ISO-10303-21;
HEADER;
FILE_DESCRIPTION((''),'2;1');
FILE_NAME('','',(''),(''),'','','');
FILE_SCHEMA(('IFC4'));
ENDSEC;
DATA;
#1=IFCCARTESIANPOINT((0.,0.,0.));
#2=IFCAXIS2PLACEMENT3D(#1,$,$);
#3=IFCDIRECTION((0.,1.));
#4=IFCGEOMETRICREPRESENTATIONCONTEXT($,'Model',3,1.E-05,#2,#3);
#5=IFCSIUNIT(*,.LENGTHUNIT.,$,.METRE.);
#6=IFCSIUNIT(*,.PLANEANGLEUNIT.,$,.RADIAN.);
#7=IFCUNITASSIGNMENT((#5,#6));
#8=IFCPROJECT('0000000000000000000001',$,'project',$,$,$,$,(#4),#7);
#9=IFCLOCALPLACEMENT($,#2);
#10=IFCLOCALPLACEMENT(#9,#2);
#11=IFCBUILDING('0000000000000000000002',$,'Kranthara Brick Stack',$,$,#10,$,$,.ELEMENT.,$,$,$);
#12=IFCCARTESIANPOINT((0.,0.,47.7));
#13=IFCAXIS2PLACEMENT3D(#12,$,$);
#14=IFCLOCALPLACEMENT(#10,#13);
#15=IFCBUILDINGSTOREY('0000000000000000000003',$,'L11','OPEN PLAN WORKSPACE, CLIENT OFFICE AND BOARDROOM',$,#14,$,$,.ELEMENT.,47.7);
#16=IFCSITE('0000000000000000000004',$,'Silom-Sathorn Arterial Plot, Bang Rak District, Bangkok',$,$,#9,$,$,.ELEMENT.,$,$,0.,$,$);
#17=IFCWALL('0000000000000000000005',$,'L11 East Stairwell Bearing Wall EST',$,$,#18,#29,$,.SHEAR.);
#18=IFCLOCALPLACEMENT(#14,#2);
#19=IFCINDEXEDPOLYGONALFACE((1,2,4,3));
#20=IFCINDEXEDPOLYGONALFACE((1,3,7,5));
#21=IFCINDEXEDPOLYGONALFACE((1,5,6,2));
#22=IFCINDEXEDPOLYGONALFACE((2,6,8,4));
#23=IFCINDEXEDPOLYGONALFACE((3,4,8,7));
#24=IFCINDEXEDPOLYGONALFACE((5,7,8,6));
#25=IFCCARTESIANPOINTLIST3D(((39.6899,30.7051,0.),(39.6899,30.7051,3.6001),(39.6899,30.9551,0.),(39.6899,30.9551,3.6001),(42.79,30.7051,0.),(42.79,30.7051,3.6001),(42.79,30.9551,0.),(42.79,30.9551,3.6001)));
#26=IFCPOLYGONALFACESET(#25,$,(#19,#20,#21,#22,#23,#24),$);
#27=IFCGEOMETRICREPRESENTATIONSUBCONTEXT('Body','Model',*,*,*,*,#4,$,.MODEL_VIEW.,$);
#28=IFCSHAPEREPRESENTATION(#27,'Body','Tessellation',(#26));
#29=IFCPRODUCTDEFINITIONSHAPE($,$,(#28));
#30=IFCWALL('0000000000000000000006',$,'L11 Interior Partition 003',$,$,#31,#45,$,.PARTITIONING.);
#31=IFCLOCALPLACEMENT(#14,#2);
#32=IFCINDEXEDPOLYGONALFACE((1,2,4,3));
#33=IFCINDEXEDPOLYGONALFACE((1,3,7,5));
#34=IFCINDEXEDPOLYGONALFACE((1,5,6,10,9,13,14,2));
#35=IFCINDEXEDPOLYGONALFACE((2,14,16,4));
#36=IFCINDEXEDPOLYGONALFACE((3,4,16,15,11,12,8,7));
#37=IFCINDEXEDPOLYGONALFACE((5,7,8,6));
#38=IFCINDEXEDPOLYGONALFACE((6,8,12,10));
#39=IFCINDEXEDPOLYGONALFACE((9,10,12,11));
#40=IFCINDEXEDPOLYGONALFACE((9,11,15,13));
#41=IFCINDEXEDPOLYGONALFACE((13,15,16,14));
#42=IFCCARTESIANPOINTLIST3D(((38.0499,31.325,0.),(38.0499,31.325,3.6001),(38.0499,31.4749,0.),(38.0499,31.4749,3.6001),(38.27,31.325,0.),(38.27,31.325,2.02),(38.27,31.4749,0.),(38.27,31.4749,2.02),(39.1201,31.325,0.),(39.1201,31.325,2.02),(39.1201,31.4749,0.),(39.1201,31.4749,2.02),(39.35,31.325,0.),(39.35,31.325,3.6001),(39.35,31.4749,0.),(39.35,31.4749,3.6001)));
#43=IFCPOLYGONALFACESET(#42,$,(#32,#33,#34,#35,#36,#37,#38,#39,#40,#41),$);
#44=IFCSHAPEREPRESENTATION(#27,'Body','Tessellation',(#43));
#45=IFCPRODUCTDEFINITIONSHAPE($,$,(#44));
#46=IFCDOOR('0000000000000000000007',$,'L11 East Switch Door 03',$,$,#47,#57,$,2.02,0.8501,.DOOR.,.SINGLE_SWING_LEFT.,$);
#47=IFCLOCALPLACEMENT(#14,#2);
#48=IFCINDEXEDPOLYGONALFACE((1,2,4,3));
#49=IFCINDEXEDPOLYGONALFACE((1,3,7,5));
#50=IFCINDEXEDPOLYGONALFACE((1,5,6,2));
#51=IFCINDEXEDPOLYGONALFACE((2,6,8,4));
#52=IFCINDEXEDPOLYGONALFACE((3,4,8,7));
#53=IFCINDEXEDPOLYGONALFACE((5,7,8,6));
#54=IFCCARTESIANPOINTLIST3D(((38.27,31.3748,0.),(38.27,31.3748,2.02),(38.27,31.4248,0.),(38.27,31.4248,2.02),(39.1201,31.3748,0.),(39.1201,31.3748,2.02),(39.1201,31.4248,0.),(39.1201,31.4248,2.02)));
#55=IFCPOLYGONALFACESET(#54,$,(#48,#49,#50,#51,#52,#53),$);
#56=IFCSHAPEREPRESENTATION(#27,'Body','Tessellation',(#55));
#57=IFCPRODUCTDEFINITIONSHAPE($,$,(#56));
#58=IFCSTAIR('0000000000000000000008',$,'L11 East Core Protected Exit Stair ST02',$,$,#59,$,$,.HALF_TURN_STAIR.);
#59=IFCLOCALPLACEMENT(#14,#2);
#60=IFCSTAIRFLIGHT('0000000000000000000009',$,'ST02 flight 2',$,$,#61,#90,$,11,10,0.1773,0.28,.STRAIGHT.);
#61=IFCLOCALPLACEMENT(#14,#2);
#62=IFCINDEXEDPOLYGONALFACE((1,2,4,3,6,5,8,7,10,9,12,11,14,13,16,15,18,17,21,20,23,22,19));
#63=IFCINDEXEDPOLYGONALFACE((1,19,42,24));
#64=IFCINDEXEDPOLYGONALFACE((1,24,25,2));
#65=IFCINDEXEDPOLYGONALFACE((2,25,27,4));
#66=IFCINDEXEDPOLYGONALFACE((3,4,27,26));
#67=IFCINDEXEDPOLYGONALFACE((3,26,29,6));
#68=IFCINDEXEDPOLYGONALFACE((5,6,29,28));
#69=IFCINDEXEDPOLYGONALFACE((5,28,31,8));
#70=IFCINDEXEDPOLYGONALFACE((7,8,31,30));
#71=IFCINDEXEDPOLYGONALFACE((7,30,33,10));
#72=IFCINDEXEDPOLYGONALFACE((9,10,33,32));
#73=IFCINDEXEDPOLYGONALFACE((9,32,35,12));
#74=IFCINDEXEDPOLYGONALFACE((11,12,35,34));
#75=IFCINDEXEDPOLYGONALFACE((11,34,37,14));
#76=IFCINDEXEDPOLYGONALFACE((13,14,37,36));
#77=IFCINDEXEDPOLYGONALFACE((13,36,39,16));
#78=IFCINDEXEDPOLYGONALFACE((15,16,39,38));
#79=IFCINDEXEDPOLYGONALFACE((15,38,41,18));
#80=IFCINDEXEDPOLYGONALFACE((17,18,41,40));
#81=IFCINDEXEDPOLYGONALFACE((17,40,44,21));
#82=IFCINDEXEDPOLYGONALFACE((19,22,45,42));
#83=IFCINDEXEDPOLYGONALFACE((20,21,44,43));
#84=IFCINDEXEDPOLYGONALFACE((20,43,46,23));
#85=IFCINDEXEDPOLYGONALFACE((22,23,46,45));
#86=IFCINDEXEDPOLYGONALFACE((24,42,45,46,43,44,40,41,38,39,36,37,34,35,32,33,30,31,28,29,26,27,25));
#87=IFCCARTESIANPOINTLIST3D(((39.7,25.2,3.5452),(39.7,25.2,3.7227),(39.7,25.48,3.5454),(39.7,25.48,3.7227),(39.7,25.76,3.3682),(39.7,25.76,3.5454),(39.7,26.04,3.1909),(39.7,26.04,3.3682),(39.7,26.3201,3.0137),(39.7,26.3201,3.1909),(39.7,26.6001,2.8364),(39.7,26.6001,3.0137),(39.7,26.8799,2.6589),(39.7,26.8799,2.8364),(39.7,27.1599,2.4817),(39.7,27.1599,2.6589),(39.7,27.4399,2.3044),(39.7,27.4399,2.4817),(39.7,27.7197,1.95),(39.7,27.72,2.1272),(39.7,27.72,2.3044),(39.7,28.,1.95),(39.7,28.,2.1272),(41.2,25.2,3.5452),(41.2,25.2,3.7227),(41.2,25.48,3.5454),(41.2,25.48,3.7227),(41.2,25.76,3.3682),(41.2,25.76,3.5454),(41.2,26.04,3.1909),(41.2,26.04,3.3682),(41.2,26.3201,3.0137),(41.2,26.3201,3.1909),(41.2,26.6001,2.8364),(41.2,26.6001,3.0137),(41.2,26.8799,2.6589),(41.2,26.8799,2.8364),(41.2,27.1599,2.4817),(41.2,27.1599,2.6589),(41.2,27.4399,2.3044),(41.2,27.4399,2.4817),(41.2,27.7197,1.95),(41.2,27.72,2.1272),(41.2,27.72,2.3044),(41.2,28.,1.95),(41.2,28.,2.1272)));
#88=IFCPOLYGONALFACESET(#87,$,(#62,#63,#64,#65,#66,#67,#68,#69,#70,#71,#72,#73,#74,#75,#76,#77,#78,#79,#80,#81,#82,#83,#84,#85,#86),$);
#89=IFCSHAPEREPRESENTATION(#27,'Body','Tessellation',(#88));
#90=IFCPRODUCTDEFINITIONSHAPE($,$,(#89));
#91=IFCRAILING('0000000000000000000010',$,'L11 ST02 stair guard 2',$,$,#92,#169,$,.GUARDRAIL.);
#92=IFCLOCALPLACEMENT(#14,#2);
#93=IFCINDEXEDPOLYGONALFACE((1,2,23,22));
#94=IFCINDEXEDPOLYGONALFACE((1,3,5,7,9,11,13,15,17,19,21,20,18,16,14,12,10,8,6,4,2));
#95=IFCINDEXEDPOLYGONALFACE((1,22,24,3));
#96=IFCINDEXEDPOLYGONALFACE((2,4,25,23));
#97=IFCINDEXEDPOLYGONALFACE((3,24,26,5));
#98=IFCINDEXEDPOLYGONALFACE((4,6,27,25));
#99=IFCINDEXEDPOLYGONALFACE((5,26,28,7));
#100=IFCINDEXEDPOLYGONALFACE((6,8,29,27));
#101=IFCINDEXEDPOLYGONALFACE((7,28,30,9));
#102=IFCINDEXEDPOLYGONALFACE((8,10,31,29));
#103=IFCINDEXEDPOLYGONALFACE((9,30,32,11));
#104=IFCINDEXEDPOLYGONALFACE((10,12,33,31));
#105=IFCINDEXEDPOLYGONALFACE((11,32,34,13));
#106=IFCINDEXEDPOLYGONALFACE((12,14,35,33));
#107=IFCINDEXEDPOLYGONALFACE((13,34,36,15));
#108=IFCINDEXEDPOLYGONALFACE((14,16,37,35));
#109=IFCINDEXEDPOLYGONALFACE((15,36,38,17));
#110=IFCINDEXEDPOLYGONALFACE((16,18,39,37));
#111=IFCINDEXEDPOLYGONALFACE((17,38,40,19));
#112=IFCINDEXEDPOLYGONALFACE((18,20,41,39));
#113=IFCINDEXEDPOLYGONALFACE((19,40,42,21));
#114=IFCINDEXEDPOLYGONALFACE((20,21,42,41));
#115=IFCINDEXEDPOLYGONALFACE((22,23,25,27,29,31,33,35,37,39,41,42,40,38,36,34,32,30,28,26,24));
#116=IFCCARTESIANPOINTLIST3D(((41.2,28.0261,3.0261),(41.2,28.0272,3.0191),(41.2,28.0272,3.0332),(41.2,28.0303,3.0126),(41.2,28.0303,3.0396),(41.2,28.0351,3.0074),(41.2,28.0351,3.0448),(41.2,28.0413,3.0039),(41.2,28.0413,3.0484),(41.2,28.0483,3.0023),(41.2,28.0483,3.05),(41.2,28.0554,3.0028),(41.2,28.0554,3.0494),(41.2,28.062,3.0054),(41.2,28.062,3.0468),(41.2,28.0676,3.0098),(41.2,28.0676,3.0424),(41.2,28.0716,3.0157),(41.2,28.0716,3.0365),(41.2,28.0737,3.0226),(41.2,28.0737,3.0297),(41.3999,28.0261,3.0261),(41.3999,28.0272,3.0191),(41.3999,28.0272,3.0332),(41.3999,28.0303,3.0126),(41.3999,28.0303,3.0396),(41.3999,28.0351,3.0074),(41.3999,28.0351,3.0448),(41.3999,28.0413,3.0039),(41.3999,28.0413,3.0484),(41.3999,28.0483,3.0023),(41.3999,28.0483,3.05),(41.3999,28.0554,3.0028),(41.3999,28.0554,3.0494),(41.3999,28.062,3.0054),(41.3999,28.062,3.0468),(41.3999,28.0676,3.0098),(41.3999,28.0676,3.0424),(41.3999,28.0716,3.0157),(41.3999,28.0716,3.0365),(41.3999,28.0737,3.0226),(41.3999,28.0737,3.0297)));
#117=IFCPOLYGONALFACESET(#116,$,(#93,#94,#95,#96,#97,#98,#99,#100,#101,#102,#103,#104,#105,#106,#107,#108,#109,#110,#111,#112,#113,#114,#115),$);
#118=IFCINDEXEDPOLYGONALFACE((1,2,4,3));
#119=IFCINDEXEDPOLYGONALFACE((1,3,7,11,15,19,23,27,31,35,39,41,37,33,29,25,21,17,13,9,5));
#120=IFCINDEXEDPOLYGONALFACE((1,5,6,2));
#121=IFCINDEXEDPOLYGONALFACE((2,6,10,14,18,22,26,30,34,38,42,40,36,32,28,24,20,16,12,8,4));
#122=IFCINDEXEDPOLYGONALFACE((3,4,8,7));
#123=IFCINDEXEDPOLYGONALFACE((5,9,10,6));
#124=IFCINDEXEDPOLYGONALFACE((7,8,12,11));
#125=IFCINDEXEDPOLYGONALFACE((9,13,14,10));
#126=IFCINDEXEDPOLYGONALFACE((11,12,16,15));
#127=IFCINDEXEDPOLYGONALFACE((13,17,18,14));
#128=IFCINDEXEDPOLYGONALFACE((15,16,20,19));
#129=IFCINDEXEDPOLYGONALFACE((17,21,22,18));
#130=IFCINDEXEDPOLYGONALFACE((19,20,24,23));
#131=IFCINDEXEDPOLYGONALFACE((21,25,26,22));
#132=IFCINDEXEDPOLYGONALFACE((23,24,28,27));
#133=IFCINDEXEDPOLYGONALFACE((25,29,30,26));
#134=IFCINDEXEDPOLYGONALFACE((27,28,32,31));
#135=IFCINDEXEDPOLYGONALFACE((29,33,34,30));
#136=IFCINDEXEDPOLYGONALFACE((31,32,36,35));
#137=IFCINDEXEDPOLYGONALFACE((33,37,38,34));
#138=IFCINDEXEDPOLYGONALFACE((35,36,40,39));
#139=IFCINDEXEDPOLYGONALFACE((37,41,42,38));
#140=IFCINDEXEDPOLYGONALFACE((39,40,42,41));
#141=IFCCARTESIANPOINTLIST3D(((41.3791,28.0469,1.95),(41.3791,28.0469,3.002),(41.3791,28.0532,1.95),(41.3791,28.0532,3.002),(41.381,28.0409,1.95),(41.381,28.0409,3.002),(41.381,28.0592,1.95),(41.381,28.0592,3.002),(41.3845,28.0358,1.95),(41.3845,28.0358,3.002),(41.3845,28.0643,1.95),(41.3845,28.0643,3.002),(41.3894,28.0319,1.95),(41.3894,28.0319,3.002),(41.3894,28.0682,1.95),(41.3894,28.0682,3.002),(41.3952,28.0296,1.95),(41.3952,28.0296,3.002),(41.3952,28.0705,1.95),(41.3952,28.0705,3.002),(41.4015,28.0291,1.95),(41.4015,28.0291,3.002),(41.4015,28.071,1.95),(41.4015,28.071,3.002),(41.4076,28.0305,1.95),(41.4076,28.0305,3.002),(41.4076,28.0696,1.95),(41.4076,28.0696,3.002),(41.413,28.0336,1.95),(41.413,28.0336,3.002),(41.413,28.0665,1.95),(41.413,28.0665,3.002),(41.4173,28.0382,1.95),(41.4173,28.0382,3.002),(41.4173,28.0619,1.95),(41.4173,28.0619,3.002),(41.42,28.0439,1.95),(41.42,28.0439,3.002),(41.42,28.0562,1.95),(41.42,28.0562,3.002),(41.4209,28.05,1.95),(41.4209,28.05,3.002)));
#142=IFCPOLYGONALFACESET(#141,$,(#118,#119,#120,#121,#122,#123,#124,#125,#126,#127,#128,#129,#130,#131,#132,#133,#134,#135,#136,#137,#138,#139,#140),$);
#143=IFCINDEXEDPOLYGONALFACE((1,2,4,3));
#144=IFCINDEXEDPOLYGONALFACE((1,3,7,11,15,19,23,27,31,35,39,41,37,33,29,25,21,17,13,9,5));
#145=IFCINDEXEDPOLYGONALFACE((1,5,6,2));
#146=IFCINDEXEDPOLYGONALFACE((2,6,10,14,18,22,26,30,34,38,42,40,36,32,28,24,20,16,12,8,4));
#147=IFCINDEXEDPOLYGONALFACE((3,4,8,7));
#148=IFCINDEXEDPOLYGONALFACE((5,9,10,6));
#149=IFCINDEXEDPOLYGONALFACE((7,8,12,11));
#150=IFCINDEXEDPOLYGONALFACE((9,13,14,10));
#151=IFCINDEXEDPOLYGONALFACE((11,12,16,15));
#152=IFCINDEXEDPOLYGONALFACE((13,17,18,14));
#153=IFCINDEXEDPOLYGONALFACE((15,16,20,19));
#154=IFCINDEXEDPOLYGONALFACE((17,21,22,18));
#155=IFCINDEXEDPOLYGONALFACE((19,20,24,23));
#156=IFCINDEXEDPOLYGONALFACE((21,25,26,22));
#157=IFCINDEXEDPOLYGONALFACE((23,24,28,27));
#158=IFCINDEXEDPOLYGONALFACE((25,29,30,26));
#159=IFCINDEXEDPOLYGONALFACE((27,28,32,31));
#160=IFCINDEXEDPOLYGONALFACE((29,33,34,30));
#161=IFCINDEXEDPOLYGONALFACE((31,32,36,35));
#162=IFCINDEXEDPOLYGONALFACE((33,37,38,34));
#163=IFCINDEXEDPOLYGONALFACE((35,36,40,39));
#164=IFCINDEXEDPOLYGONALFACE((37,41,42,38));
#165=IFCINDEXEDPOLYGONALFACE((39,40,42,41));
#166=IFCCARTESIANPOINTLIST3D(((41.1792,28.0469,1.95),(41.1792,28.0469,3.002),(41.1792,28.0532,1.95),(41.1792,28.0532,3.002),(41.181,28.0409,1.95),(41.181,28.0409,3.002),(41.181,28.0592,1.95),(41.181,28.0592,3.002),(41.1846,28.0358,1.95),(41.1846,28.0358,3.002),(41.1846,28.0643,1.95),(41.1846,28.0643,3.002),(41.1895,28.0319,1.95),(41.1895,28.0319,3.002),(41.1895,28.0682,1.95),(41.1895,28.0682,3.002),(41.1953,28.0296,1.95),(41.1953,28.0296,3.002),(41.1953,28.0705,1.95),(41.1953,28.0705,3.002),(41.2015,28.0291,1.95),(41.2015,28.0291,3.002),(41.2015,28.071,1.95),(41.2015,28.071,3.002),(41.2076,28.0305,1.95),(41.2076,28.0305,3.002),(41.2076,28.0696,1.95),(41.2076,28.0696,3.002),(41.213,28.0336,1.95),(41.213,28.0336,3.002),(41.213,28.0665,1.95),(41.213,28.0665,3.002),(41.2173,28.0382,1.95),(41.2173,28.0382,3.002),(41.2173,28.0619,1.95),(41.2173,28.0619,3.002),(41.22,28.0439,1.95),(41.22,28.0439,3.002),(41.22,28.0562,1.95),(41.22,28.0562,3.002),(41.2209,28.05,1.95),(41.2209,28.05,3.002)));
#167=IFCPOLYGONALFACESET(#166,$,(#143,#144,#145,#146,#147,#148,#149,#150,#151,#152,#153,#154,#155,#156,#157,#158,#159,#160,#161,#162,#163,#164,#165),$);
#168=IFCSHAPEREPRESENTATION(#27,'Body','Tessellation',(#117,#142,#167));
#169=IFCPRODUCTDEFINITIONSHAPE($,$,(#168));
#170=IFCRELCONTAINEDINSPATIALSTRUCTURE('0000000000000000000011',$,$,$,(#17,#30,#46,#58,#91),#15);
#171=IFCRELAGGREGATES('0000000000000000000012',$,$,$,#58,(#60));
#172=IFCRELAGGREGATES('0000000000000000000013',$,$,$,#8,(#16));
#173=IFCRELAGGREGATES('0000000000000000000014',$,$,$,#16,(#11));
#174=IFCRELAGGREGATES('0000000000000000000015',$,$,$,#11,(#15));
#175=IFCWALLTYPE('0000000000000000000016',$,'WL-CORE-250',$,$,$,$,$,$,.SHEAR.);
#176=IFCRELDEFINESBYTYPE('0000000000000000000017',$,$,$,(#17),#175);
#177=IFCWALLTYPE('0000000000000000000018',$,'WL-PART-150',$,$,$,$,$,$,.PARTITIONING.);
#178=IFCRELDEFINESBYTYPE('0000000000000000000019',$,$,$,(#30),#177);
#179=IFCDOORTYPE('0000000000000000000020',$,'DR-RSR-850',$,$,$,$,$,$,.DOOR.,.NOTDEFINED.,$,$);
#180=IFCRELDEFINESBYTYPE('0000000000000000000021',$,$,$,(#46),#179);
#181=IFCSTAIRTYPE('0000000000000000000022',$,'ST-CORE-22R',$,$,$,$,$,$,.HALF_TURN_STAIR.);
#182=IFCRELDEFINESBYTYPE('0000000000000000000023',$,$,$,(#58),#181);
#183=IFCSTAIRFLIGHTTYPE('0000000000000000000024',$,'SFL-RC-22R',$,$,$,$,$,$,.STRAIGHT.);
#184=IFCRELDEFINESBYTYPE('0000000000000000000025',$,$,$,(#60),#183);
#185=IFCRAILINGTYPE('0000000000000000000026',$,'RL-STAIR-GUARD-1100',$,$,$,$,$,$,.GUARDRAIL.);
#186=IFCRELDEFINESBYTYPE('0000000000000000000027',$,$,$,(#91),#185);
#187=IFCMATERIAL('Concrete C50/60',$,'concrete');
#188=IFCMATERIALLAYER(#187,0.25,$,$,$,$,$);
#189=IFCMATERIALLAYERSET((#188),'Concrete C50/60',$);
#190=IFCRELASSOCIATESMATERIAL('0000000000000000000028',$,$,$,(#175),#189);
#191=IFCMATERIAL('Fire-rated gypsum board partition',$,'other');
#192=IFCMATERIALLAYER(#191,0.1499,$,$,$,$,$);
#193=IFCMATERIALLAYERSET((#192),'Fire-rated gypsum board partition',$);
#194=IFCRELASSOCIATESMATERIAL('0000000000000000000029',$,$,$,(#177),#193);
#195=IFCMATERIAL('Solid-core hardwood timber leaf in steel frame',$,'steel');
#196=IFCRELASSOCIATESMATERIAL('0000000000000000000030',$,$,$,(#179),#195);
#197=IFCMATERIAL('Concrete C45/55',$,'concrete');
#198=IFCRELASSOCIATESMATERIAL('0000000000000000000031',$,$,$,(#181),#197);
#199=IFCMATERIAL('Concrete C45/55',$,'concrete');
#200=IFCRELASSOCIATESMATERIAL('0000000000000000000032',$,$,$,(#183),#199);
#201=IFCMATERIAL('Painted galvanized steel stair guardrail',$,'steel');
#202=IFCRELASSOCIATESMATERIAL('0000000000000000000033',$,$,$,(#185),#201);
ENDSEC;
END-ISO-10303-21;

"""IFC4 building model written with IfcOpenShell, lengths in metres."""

from ifc_helpers import new_model, si_unit, direction, frame, frame_2d, origin, origin_2d, place, context, subcontext, project, spatial, polyline, rectangle, circle, outline, extrude, material, layer, layer_set, type_object, element, fill, aggregate, save


model = new_model("IFC4")

# Units and contexts
model_context = context("Model", 3, precision=1e-05, world=origin(), true_north=direction((0.0, 1.0)))
body_context = subcontext(model_context, "Body", "Model", "MODEL_VIEW")
ifc_project = project(units=[si_unit("LENGTHUNIT", "METRE"), si_unit("PLANEANGLEUNIT", "RADIAN")], contexts=[model_context])

# Site, building, storey
site_placement = place(None, origin())
site = spatial("IfcSite", under=ifc_project, at=site_placement, Name="Silom-Sathorn Arterial Plot, Bang Rak District, Bangkok", CompositionType="ELEMENT", RefElevation=0.0)
building_placement = place(site_placement, origin())
building = spatial("IfcBuilding", under=site, at=building_placement, Name="Kranthara Brick Stack", CompositionType="ELEMENT")
storey_placement = place(building_placement, frame((0.0, 0.0, 47.7)))
storey = spatial("IfcBuildingStorey", under=building, at=storey_placement, Name="L11", Description="OPEN PLAN WORKSPACE, CLIENT OFFICE AND BOARDROOM", CompositionType="ELEMENT", Elevation=47.7)

# Wall
ifc_material_1 = material(Name="Concrete C50/60", Category="concrete")
ifc_layer_1 = layer(ifc_material_1, 0.25)
ifc_layer_set_1 = layer_set([ifc_layer_1], Name="Concrete C50/60")
wall_type_1 = type_object("IfcWallType", Name="WL-CORE-250", PredefinedType="SHEAR", material=ifc_layer_set_1)
wall_1_placement = place(storey_placement, frame((39.6899, 30.8301, 0.0), z_axis=(0.0, 0.0, 1.0), x_axis=(1.0, 0.0, 0.0)))
element("IfcWall", 1, at=wall_1_placement, inside=storey, type_object=wall_type_1, Name="L11 East Stairwell Bearing Wall EST", PredefinedType="SHEAR", context=body_context, shape_type="SweptSolid", body=[
    extrude(rectangle(XDim=3.1001, YDim=0.25, at=frame_2d((1.55, 0.0))), origin(), (0.0, 0.0, 1.0), 3.6001),
])

# Wall, opening, door
ifc_material_2 = material(Name="Fire-rated gypsum board partition", Category="other")
ifc_layer_2 = layer(ifc_material_2, 0.1499)
ifc_layer_set_2 = layer_set([ifc_layer_2], Name="Fire-rated gypsum board partition")
wall_type_2 = type_object("IfcWallType", Name="WL-PART-150", PredefinedType="PARTITIONING", material=ifc_layer_set_2)
wall_2_placement = place(storey_placement, frame((38.05, 31.3999, 0.0), z_axis=(0.0, 0.0, 1.0), x_axis=(1.0, 0.0, 0.0)))
wall_2 = element("IfcWall", 2, at=wall_2_placement, inside=storey, type_object=wall_type_2, Name="L11 Interior Partition 003", PredefinedType="PARTITIONING", context=body_context, shape_type="SweptSolid", body=[
    extrude(rectangle(XDim=1.3, YDim=0.1499, at=frame_2d((0.6499, 0.0))), origin(), (0.0, 0.0, 1.0), 3.6001),
])
opening_placement = place(wall_2_placement, frame((0.22, 0.0, 0.0)))
opening = element("IfcOpeningElement", 3, at=opening_placement, cuts=wall_2, PredefinedType="OPENING", context=body_context, shape_type="SweptSolid", body=[
    extrude(rectangle(XDim=0.8501, YDim=2.02, at=frame_2d((0.425, 1.01))), frame((0.0, 0.085, 0.0), z_axis=(0.0, -1.0, 0.0), x_axis=(1.0, 0.0, 0.0)), (0.0, 0.0, 1.0), 0.1699),
])
ifc_material_3 = material(Name="Solid-core hardwood timber leaf in steel frame", Category="steel")
door_type = type_object("IfcDoorType", Name="DR-RSR-850", OperationType="NOTDEFINED", PredefinedType="DOOR", material=ifc_material_3)
door_placement = place(opening_placement, origin())
door = element("IfcDoor", 4, at=door_placement, inside=storey, type_object=door_type, Name="L11 East Switch Door 03", OperationType="SINGLE_SWING_LEFT", OverallHeight=2.02, OverallWidth=0.8501, PredefinedType="DOOR", context=body_context, shape_type="SweptSolid", body=[
    extrude(rectangle(XDim=0.8501, YDim=2.02, at=frame_2d((0.425, 1.01))), frame((0.0, 0.0249, 0.0), z_axis=(0.0, -1.0, 0.0), x_axis=(1.0, 0.0, 0.0)), (0.0, 0.0, 1.0), 0.05),
])
fill(opening, door)

# Stair, stair flight
ifc_material_4 = material(Name="Concrete C45/55", Category="concrete")
stair_type = type_object("IfcStairType", Name="ST-CORE-22R", PredefinedType="HALF_TURN_STAIR", material=ifc_material_4)
stair_placement = place(storey_placement, origin())
stair = element("IfcStair", 5, at=stair_placement, inside=storey, type_object=stair_type, Name="L11 East Core Protected Exit Stair ST02", PredefinedType="HALF_TURN_STAIR")
ifc_material_5 = material(Name="Concrete C45/55", Category="concrete")
stair_flight_type = type_object("IfcStairFlightType", Name="SFL-RC-22R", PredefinedType="STRAIGHT", material=ifc_material_5)
stair_flight_placement = place(storey_placement, frame((40.45, 28.0, 1.95), z_axis=(0.0, 0.0, 1.0), x_axis=(0.0, -1.0, 0.0)))
stair_flight = element("IfcStairFlight", 6, at=stair_flight_placement, type_object=stair_flight_type, Name="ST02 flight 2", NumberOfRisers=11, NumberOfTreads=10, PredefinedType="STRAIGHT", RiserHeight=0.1773, TreadLength=0.28, context=body_context, shape_type="SweptSolid", body=[
    extrude(outline(polyline([(0.0, 0.0), (0.0, 0.1772), (0.28, 0.1772), (0.28, 0.3545), (0.5601, 0.3545), (0.5601, 0.5317), (0.8401, 0.5317), (0.8401, 0.709), (1.1201, 0.709), (1.1201, 0.8865), (1.3999, 0.8865), (1.3999, 1.0637), (1.6799, 1.0637), (1.6799, 1.241), (1.96, 1.241), (1.96, 1.4182), (2.24, 1.4182), (2.24, 1.5955), (2.52, 1.5955), (2.52, 1.7727), (2.8, 1.7727), (2.8, 1.95), (2.8, 1.5952), (0.2803, 0.0), (0.0, 0.0)])), frame((0.0, 0.75, 0.0), z_axis=(0.0, -1.0, 0.0), x_axis=(1.0, 0.0, 0.0)), (0.0, 0.0, 1.0), 1.5),
])
aggregate(stair, [stair_flight])

# Railing
ifc_material_6 = material(Name="Painted galvanized steel stair guardrail", Category="steel")
railing_type_1 = type_object("IfcRailingType", Name="RL-STAIR-GUARD-1100", PredefinedType="GUARDRAIL", material=ifc_material_6)
railing_1_placement = place(storey_placement, frame((41.3999, 28.05, 1.95)))
element("IfcRailing", 7, at=railing_1_placement, inside=storey, type_object=railing_type_1, Name="L11 ST02 stair guard 2", PredefinedType="GUARDRAIL", context=body_context, shape_type="SweptSolid", body=[
    extrude(circle(Radius=0.0239, at=origin_2d()), frame((0.0, 0.0, 1.0762), z_axis=(-1.0, 0.0, 0.0), x_axis=(0.0, -1.0, 0.0)), (0.0, 0.0, 1.0), 0.2),
    extrude(circle(Radius=0.021, at=origin_2d()), origin(), (0.0, 0.0, 1.0), 1.052),
    extrude(circle(Radius=0.021, at=origin_2d()), frame((-0.2, 0.0, 0.0)), (0.0, 0.0, 1.0), 1.052),
])

save(model, "model.ifc")
